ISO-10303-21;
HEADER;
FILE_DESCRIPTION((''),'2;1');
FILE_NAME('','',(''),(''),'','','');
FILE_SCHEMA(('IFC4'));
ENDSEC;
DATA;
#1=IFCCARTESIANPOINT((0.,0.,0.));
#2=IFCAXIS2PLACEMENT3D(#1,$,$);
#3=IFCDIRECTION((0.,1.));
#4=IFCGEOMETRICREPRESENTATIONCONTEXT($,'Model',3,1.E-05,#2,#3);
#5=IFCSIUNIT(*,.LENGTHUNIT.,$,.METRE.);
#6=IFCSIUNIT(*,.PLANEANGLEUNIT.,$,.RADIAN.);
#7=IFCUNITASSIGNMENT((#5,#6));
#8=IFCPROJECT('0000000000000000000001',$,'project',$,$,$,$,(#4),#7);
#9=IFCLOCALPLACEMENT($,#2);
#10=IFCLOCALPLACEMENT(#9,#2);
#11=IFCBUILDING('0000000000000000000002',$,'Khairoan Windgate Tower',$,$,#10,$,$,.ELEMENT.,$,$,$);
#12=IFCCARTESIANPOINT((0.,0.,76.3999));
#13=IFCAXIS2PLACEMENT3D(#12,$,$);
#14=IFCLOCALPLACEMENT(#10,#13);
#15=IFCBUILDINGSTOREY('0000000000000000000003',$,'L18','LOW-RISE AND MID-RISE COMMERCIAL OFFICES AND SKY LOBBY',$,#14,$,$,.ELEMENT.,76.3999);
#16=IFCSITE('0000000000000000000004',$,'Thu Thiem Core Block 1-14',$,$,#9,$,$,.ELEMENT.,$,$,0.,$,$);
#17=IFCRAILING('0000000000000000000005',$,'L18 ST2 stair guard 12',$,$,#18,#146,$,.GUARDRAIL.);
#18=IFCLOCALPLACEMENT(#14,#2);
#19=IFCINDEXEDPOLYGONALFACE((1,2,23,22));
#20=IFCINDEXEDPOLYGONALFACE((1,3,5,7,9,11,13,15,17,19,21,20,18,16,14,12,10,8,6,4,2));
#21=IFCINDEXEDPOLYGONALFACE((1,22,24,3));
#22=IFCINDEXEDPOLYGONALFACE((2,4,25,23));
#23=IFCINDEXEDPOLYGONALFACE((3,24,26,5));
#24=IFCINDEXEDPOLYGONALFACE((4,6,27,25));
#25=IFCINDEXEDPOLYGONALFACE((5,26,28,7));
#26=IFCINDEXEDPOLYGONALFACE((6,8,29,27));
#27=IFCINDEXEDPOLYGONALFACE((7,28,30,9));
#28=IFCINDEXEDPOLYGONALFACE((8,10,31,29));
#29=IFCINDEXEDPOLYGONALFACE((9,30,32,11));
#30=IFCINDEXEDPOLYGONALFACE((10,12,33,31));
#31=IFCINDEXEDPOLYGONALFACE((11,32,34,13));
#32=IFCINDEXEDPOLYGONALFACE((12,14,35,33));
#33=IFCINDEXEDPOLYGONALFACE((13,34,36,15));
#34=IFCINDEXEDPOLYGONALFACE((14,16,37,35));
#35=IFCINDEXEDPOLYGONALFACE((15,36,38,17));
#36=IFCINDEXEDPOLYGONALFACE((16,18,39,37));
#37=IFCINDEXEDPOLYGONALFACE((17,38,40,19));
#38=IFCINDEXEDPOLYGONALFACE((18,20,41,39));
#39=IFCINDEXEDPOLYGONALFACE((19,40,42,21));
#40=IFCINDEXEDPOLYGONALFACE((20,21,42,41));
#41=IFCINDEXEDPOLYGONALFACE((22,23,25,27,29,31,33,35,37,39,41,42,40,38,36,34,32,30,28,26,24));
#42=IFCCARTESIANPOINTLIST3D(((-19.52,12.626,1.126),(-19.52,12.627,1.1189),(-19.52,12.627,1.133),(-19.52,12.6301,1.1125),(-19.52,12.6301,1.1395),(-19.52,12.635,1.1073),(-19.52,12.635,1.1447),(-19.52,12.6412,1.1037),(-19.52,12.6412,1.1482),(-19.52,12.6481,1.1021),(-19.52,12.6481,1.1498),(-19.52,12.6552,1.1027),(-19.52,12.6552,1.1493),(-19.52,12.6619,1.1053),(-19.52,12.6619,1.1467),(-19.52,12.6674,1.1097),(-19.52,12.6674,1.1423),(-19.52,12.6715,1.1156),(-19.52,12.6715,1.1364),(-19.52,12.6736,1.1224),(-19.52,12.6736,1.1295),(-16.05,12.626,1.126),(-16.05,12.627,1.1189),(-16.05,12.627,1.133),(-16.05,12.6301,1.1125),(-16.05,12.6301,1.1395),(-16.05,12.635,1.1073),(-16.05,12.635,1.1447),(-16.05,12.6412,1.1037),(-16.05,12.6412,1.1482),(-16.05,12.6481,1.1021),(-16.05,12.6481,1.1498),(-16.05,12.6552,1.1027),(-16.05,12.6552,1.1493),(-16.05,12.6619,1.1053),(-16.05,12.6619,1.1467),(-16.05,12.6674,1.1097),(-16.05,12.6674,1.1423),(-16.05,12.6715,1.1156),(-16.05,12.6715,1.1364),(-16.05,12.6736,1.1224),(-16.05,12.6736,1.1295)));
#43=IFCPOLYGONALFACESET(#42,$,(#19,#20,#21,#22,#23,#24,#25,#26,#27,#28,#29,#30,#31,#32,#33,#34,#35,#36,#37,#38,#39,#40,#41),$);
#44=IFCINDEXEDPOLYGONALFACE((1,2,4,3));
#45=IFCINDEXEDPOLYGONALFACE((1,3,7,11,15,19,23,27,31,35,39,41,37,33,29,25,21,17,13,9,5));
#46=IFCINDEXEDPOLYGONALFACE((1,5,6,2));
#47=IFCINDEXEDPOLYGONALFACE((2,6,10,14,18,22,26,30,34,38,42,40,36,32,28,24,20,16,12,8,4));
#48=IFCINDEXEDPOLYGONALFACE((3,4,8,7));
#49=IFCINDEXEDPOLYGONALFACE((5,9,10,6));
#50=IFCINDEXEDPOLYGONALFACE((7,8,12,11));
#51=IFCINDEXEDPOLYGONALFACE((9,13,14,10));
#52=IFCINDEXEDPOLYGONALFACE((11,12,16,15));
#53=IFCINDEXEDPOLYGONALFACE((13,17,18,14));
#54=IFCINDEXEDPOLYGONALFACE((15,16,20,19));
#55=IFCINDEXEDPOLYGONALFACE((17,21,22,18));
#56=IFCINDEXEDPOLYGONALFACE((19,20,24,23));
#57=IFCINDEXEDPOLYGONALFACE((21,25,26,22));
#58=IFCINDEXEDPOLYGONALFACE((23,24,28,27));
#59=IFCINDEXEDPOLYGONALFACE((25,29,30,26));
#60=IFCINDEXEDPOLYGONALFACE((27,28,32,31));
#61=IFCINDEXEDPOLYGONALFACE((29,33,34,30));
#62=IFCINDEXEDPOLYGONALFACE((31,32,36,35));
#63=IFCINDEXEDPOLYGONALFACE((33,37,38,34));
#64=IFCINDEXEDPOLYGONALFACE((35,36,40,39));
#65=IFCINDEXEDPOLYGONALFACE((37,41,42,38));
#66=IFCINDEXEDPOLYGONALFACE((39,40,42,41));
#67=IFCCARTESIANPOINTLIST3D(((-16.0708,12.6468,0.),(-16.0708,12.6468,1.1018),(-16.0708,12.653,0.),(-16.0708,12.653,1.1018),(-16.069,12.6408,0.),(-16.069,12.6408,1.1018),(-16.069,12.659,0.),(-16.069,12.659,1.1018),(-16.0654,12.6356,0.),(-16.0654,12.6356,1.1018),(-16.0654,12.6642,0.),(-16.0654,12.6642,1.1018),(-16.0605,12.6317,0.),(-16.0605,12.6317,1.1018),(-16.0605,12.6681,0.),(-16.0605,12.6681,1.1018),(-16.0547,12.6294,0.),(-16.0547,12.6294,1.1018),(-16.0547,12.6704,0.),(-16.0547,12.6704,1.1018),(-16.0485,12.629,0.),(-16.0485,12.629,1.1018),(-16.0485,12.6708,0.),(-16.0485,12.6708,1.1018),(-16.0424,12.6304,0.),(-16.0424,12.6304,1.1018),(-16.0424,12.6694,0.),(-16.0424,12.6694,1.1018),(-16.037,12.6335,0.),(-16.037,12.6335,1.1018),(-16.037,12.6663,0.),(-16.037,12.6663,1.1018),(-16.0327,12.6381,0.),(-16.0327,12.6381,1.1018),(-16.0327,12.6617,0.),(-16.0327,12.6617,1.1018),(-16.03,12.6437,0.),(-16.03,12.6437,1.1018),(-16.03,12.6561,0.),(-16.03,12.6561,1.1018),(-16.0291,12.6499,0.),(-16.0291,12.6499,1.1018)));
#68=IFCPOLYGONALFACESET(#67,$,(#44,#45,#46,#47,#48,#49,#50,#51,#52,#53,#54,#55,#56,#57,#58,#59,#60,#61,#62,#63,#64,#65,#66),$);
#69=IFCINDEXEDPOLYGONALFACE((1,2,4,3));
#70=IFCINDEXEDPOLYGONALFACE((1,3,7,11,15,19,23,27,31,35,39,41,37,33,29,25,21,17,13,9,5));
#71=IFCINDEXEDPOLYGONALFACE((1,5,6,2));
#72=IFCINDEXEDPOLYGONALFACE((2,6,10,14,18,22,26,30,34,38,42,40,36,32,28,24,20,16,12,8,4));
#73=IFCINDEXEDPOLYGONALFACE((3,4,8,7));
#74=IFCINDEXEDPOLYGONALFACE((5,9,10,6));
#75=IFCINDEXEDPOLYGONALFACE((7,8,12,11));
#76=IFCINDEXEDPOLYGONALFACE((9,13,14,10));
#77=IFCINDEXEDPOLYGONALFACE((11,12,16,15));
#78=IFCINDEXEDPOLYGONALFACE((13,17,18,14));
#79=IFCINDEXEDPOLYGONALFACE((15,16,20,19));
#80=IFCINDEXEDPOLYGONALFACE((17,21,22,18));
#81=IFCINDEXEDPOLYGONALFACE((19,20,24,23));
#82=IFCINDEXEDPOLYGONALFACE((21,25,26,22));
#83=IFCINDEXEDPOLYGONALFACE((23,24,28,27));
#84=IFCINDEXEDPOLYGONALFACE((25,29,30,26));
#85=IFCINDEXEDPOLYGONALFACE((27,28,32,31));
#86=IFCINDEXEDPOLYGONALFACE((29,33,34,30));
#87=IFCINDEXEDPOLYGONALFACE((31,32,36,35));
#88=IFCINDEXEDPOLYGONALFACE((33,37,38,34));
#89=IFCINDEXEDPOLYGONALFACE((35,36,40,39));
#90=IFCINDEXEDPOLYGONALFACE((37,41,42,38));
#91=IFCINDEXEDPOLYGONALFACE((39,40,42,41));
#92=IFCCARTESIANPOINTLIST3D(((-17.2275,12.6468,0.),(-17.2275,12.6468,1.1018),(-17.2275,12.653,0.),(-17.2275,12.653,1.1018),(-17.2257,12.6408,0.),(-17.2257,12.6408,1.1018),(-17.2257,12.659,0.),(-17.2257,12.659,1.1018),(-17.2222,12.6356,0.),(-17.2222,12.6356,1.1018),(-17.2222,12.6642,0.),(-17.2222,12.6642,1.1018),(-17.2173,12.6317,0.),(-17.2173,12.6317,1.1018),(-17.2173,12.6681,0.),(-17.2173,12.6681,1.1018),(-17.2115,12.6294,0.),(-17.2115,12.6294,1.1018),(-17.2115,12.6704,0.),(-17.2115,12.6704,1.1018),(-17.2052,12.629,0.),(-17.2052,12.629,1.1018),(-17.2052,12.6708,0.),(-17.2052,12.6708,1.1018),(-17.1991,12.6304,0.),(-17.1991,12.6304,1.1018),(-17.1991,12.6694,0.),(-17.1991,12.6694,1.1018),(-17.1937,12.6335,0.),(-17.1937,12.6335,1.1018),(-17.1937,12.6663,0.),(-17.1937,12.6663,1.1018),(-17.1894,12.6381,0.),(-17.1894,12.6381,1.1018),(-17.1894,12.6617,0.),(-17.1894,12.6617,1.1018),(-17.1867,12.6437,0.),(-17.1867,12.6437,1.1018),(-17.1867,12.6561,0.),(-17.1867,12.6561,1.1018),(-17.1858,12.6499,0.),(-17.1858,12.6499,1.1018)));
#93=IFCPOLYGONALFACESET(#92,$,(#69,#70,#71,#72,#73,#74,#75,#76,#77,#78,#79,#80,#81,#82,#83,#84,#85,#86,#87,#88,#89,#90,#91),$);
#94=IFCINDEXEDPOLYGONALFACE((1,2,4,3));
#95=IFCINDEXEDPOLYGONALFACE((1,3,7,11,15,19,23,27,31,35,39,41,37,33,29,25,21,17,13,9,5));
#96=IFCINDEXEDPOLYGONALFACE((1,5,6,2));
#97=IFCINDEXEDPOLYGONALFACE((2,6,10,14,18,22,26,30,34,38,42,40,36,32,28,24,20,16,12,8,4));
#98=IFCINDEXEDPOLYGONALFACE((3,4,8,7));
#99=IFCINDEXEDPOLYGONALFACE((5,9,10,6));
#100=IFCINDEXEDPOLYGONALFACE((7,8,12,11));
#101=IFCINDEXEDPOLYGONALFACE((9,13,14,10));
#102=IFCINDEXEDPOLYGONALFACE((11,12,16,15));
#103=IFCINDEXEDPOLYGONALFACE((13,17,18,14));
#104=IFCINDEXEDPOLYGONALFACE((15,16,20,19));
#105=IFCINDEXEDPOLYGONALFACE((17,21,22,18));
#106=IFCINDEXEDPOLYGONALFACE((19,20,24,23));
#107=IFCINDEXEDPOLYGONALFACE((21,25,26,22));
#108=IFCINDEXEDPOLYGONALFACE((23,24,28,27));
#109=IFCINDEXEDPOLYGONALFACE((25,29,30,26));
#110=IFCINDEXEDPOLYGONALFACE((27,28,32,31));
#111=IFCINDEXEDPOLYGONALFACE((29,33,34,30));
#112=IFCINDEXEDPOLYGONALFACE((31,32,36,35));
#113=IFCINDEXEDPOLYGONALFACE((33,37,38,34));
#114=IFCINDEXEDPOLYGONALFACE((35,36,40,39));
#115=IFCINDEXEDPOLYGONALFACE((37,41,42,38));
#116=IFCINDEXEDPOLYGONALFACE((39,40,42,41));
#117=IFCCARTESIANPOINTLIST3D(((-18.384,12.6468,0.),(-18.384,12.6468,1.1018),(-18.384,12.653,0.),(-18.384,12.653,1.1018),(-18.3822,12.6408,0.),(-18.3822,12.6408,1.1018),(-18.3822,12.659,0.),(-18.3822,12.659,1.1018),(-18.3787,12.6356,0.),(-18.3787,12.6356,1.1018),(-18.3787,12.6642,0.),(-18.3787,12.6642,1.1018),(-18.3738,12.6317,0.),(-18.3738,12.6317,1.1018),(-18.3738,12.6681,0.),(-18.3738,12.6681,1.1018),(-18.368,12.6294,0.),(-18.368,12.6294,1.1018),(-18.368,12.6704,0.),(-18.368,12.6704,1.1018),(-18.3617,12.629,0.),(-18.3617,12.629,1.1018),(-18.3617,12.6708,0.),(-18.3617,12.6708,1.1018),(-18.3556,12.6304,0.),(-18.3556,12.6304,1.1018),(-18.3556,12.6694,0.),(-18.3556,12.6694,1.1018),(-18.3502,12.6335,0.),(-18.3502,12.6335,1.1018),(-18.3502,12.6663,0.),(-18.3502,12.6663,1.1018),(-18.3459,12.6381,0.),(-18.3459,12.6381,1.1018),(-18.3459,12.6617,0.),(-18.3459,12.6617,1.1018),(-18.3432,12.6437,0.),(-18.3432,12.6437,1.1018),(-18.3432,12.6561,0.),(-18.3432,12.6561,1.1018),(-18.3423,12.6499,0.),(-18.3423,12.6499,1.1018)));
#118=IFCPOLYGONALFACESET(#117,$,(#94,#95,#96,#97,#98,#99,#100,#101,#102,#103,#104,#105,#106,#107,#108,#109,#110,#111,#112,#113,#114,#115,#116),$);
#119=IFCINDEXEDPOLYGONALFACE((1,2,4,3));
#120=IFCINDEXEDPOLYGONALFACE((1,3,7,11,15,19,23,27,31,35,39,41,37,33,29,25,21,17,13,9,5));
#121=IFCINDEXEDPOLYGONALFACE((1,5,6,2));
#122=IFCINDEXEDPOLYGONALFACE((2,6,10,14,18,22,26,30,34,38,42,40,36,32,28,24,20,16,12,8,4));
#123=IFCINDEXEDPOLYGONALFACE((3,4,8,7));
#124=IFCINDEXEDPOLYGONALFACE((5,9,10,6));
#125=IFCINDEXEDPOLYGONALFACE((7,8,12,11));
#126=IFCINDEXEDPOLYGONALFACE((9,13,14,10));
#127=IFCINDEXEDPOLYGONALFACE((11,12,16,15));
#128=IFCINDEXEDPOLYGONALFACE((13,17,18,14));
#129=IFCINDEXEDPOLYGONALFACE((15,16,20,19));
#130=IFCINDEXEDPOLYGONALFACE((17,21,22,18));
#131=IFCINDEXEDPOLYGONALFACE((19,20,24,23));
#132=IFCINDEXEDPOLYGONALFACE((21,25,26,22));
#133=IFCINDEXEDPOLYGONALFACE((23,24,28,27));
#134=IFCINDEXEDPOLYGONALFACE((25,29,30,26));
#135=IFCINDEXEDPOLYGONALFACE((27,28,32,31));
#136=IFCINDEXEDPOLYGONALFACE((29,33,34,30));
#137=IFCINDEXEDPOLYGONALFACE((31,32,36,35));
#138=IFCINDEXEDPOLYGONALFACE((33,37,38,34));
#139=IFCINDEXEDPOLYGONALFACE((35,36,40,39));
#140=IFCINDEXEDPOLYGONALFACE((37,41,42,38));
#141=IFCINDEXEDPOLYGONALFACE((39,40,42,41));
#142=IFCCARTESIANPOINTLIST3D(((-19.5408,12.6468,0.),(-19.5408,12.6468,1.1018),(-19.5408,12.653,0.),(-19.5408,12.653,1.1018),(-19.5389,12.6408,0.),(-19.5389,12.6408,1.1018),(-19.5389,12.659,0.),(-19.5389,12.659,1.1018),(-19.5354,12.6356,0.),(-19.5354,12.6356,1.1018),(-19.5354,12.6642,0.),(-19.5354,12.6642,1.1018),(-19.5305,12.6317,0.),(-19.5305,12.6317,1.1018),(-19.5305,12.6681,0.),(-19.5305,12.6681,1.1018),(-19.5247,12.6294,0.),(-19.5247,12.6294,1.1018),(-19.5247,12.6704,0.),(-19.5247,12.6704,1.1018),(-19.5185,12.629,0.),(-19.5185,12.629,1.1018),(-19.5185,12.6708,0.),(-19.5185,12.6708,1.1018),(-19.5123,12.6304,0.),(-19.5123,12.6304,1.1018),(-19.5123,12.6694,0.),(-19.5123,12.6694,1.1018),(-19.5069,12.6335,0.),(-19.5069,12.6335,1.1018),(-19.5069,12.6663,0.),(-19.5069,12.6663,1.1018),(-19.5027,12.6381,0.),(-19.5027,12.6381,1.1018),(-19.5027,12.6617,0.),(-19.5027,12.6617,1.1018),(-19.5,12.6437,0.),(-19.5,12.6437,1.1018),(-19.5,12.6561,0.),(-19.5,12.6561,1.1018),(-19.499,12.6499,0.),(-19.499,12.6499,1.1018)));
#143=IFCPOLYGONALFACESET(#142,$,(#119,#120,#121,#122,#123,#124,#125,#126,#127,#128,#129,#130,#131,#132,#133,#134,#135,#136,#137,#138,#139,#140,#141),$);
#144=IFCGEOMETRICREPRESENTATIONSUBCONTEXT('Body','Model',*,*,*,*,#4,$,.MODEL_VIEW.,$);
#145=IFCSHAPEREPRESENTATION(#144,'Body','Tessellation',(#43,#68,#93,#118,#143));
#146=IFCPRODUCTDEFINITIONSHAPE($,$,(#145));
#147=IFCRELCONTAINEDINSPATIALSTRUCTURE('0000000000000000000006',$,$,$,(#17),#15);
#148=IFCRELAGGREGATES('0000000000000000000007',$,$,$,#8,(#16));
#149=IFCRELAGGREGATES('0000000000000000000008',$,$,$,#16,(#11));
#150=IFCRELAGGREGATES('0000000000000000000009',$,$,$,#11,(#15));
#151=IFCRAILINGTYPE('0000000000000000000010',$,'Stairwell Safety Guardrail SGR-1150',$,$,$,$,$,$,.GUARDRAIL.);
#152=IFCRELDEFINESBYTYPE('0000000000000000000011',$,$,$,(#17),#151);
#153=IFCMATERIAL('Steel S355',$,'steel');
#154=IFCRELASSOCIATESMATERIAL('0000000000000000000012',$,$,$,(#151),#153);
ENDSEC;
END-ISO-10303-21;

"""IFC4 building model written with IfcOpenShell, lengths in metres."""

from ifc_helpers import new_model, si_unit, direction, frame, origin, origin_2d, place, context, subcontext, project, spatial, circle, extrude, material, type_object, element, save


model = new_model("IFC4")

# Units and contexts
model_context = context("Model", 3, precision=1e-05, world=origin(), true_north=direction((0.0, 1.0)))
body_context = subcontext(model_context, "Body", "Model", "MODEL_VIEW")
ifc_project = project(units=[si_unit("LENGTHUNIT", "METRE"), si_unit("PLANEANGLEUNIT", "RADIAN")], contexts=[model_context])

# Site, building, storey
site_placement = place(None, origin())
site = spatial("IfcSite", under=ifc_project, at=site_placement, Name="Thu Thiem Core Block 1-14", CompositionType="ELEMENT", RefElevation=0.0)
building_placement = place(site_placement, origin())
building = spatial("IfcBuilding", under=site, at=building_placement, Name="Khairoan Windgate Tower", CompositionType="ELEMENT")
storey_placement = place(building_placement, frame((0.0, 0.0, 76.3999)))
storey = spatial("IfcBuildingStorey", under=building, at=storey_placement, Name="L18", Description="LOW-RISE AND MID-RISE COMMERCIAL OFFICES AND SKY LOBBY", CompositionType="ELEMENT", Elevation=76.3999)

# Railing
ifc_material_1 = material(Name="Steel S355", Category="steel")
railing_type = type_object("IfcRailingType", Name="Stairwell Safety Guardrail SGR-1150", PredefinedType="GUARDRAIL", material=ifc_material_1)
railing_1_placement = place(storey_placement, frame((-16.05, 12.6499, 0.0)))
element("IfcRailing", 1, at=railing_1_placement, inside=storey, type_object=railing_type, Name="L18 ST2 stair guard 12", PredefinedType="GUARDRAIL", context=body_context, shape_type="SweptSolid", body=[
    extrude(circle(Radius=0.0239, at=origin_2d()), frame((0.0, 0.0, 1.126), z_axis=(-1.0, 0.0, 0.0), x_axis=(0.0, -1.0, 0.0)), (0.0, 0.0, 1.0), 3.47),
    extrude(circle(Radius=0.021, at=origin_2d()), origin(), (0.0, 0.0, 1.0), 1.1018),
    extrude(circle(Radius=0.021, at=origin_2d()), frame((-1.1567, 0.0, 0.0)), (0.0, 0.0, 1.0), 1.1018),
    extrude(circle(Radius=0.021, at=origin_2d()), frame((-2.3132, 0.0, 0.0)), (0.0, 0.0, 1.0), 1.1018),
    extrude(circle(Radius=0.021, at=origin_2d()), frame((-3.47, 0.0, 0.0)), (0.0, 0.0, 1.0), 1.1018),
])

save(model, "model.ifc")
